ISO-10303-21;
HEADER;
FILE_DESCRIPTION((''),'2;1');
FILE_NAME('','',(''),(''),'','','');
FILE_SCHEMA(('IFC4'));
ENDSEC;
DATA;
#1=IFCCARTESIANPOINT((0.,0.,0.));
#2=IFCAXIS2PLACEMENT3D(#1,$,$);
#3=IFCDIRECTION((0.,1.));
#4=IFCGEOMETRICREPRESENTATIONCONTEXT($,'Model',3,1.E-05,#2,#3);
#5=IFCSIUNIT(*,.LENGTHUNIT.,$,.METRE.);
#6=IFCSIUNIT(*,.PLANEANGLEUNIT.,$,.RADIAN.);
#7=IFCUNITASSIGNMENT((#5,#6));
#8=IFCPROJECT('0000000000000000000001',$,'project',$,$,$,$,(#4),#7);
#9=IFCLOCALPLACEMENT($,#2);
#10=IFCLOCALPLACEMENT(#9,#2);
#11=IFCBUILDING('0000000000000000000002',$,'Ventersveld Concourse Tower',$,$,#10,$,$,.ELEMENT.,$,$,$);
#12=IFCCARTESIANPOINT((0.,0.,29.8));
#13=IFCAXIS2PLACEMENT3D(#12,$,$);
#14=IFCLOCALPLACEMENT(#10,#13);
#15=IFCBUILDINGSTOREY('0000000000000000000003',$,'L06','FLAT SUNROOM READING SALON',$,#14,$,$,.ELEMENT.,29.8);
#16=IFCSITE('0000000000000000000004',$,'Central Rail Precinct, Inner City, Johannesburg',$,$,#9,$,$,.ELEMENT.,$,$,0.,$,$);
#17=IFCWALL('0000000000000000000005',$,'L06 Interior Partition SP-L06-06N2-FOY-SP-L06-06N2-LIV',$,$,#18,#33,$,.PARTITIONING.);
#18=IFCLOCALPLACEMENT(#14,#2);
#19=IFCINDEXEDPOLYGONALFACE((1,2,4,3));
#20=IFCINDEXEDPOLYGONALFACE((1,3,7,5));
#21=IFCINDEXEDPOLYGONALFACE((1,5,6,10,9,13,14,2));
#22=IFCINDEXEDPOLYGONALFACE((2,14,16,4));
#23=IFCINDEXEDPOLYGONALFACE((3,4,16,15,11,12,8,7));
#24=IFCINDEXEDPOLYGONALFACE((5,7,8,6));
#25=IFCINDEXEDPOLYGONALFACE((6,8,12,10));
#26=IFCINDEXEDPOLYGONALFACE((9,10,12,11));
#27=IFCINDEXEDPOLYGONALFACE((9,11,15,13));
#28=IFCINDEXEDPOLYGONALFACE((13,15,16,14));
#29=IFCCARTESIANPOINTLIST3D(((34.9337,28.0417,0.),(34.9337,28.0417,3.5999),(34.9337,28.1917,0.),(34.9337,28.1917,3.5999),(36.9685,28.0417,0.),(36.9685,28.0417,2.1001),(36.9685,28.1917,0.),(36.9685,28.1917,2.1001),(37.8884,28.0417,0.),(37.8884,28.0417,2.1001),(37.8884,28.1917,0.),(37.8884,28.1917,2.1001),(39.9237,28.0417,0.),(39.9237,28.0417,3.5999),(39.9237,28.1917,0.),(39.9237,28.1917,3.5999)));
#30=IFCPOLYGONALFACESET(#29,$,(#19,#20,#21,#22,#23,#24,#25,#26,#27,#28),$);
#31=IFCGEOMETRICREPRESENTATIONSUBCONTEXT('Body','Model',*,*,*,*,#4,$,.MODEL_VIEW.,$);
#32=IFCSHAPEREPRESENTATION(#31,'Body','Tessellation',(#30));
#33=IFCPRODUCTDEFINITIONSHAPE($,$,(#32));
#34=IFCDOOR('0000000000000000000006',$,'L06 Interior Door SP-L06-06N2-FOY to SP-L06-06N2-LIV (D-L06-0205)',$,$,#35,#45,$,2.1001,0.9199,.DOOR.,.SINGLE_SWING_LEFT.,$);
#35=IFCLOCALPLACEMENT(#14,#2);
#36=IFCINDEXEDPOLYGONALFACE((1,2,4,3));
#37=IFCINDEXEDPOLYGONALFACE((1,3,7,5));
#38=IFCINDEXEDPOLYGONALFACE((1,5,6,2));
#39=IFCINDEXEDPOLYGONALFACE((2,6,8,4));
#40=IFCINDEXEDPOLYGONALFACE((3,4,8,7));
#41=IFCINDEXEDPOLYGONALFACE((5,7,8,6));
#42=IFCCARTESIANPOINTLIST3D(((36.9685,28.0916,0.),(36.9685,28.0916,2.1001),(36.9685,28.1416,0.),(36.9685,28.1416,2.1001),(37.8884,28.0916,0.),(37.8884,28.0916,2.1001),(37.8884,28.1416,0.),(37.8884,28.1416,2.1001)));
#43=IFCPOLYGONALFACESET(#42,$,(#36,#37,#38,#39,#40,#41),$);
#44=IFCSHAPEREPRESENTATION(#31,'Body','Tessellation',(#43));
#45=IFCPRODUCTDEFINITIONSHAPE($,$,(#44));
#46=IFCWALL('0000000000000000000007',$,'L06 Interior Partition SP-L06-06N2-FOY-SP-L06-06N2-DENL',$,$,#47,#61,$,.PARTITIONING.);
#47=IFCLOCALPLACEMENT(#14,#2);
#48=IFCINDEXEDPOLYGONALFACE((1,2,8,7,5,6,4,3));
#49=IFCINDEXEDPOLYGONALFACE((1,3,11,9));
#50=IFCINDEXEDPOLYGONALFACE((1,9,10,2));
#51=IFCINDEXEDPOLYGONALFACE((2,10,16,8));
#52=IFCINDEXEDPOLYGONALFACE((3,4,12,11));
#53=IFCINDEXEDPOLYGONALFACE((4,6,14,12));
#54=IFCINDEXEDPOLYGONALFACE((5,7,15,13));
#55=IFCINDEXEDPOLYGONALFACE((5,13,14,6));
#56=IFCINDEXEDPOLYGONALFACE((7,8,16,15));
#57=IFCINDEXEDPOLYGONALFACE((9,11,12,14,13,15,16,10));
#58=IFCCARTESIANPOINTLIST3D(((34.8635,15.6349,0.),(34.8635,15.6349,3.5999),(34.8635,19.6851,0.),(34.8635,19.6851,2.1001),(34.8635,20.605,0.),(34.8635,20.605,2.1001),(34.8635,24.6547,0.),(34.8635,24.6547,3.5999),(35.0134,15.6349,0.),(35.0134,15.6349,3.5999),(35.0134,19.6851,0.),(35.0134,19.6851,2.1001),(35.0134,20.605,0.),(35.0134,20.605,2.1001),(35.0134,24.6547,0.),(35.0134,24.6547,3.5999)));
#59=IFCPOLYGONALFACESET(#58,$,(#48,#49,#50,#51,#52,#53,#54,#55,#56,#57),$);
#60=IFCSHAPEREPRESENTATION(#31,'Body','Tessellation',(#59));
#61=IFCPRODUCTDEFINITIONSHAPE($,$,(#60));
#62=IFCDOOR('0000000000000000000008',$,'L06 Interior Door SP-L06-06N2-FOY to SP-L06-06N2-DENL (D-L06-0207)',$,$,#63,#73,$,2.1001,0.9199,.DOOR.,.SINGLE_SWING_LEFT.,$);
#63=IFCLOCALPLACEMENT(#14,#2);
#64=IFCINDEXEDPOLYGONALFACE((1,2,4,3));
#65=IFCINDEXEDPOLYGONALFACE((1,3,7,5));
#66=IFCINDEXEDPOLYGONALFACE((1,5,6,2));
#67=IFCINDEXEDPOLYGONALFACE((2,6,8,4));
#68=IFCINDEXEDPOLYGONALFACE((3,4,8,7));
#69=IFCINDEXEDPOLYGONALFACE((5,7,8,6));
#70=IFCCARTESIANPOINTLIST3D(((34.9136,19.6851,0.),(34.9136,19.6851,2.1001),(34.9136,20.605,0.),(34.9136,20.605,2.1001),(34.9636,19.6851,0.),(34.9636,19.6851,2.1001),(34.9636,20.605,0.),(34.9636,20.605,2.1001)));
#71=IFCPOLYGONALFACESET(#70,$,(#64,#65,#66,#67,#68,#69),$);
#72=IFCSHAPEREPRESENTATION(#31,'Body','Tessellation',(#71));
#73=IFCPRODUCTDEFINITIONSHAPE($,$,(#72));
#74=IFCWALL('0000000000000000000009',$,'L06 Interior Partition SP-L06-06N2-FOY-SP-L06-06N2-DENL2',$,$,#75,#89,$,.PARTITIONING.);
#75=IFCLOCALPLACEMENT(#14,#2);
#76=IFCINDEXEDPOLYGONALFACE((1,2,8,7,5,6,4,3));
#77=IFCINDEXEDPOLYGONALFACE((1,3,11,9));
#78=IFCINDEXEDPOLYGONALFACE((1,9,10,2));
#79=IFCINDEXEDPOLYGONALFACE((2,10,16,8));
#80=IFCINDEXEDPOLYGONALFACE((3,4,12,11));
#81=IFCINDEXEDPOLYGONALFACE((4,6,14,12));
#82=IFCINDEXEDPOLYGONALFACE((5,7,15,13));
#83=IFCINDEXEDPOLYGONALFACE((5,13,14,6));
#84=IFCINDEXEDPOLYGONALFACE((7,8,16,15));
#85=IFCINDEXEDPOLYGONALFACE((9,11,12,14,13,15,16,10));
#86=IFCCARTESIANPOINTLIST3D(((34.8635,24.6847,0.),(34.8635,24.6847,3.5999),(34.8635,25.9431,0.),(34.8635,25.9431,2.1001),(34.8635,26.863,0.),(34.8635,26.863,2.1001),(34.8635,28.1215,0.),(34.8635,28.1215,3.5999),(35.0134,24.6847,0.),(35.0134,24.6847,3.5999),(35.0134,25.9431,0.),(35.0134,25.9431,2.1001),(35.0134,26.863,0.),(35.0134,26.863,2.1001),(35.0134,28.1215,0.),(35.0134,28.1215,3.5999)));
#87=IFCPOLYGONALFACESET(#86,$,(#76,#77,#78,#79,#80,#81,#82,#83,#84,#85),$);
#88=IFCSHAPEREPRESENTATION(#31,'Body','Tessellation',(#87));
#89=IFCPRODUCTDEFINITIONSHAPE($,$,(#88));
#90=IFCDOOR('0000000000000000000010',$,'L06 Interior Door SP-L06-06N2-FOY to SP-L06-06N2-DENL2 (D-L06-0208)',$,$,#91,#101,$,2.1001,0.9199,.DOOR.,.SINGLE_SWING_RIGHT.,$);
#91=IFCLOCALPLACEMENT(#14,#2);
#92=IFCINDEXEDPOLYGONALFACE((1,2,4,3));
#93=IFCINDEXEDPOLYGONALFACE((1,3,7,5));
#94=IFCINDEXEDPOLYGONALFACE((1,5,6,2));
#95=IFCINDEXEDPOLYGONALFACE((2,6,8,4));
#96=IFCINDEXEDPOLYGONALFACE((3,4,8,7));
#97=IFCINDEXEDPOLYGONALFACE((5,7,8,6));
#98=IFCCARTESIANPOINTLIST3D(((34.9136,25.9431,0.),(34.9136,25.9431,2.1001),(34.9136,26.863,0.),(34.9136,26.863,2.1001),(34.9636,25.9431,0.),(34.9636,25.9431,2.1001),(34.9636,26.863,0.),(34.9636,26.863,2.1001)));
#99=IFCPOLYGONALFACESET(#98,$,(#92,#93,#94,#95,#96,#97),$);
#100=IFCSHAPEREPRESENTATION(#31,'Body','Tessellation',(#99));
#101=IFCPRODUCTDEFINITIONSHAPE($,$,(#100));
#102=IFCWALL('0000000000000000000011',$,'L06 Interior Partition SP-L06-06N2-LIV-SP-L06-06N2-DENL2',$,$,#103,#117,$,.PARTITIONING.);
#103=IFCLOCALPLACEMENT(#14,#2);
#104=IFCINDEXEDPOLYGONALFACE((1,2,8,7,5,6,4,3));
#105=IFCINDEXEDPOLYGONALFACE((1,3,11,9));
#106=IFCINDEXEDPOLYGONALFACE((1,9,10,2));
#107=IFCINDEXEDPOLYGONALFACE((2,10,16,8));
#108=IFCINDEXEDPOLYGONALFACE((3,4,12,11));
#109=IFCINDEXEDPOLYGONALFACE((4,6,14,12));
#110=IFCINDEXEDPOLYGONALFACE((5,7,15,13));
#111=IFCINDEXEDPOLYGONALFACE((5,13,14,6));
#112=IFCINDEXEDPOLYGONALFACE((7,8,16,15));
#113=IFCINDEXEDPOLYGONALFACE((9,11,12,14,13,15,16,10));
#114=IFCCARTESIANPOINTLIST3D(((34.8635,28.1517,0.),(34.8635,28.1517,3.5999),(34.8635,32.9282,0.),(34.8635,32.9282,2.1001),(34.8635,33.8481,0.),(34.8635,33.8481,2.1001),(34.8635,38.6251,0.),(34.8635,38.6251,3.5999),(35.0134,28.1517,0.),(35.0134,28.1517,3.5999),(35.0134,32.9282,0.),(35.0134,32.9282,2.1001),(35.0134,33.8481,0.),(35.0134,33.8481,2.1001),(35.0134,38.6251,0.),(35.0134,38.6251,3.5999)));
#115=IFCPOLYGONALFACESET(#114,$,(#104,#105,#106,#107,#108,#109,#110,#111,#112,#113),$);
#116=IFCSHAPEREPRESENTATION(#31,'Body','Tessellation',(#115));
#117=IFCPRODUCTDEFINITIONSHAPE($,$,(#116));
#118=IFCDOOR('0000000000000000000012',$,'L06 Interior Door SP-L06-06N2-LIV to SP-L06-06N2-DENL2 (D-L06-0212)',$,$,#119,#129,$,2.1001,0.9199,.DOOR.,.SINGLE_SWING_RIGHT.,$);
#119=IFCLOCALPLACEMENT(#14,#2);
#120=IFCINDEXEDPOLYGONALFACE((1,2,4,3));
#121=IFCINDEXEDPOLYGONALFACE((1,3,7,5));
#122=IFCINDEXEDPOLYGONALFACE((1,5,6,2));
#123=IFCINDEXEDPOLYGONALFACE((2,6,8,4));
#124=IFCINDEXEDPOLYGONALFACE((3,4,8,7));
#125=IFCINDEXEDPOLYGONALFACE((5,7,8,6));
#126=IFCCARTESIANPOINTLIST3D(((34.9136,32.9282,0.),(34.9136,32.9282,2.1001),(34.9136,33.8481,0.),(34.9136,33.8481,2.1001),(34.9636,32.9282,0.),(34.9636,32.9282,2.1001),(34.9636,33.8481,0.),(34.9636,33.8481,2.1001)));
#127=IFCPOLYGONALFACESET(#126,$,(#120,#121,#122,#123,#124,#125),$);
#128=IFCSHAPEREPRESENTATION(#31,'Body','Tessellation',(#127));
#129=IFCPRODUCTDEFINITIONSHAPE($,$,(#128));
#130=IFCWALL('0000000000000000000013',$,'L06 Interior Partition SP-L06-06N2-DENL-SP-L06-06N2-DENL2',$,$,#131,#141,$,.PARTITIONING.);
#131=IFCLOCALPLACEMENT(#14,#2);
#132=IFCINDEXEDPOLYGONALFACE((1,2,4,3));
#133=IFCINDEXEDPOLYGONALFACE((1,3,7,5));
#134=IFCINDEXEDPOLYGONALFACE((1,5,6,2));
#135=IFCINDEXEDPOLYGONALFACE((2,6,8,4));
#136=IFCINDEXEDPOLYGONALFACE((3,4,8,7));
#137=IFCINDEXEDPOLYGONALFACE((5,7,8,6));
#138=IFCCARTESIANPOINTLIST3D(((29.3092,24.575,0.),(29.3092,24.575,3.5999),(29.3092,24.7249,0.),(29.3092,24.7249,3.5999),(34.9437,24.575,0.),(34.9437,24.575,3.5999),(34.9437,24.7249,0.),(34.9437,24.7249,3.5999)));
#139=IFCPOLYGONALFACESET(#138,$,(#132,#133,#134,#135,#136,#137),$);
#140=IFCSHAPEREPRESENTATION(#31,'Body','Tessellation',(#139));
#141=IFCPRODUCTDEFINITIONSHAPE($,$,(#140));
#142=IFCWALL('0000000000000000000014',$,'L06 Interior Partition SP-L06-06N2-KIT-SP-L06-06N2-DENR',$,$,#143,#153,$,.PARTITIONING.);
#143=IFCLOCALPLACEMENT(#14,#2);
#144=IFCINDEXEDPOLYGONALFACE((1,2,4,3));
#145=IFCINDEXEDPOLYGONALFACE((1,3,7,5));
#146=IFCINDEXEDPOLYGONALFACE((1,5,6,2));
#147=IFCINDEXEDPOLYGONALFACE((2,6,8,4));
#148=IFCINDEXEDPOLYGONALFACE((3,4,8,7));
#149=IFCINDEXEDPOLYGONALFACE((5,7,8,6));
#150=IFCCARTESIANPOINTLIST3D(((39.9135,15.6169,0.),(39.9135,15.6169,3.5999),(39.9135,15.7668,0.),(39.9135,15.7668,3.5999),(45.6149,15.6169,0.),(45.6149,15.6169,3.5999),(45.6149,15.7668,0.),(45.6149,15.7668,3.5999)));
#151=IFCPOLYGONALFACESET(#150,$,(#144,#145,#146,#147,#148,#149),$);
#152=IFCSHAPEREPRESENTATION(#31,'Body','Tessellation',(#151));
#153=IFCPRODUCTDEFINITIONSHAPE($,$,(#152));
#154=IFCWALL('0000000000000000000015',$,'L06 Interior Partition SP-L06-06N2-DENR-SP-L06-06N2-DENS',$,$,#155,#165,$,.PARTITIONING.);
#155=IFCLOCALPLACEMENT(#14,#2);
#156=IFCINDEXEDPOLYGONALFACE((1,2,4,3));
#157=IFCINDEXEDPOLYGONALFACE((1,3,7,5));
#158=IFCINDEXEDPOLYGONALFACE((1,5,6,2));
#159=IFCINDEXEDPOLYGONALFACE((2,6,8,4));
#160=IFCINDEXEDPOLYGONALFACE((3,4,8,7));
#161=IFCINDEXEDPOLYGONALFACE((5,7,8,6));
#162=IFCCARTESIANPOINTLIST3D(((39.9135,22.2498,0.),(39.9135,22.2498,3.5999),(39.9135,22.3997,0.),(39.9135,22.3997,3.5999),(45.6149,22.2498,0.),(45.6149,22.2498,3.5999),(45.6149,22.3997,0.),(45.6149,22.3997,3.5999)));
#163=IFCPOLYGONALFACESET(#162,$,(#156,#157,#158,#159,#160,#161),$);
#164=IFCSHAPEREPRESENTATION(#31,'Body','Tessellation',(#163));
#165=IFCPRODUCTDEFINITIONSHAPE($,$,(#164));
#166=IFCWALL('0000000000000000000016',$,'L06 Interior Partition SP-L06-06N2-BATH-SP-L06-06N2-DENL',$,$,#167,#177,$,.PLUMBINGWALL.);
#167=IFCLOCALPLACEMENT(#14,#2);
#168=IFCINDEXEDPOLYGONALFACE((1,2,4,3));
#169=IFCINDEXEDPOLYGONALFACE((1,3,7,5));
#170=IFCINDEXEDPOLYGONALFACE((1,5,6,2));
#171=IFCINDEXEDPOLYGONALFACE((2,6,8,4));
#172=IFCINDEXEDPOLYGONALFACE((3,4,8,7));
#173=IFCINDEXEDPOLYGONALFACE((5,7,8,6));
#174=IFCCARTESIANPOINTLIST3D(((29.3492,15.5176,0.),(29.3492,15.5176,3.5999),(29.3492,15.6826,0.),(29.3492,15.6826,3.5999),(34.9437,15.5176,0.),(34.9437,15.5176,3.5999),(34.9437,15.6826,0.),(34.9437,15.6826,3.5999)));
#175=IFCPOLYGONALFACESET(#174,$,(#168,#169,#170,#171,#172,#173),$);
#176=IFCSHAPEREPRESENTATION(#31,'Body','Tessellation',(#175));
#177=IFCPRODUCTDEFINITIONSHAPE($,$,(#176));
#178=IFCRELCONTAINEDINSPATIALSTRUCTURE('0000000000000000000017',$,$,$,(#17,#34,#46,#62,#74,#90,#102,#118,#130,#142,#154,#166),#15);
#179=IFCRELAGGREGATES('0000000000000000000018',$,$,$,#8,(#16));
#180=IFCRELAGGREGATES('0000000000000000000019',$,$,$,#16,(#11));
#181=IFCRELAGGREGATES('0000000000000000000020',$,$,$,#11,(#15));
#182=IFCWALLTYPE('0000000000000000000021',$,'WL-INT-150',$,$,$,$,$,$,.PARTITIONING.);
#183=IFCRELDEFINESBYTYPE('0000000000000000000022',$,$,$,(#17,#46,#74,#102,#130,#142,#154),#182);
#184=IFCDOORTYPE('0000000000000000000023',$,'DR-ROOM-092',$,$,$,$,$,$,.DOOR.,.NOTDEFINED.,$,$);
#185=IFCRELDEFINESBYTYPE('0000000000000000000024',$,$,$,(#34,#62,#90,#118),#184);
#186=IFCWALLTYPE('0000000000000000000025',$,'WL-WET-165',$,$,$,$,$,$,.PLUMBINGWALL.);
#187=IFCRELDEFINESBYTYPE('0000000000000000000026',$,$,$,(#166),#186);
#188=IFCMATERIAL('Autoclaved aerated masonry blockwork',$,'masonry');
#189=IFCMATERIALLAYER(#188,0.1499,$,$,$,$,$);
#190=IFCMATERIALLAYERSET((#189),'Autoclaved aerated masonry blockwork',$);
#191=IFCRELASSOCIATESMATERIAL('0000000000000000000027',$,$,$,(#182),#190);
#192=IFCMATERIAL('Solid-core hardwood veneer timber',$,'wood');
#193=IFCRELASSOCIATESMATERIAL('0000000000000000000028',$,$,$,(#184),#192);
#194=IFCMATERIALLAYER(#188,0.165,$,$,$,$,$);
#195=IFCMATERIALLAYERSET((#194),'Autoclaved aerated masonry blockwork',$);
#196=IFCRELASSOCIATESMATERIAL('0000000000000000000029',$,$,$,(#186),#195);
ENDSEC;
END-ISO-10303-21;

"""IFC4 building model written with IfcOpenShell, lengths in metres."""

from ifc_helpers import new_model, si_unit, direction, frame, frame_2d, origin, place, context, subcontext, project, spatial, rectangle, extrude, material, layer, layer_set, type_object, element, fill, save


model = new_model("IFC4")

# Units and contexts
model_context = context("Model", 3, precision=1e-05, world=origin(), true_north=direction((0.0, 1.0)))
body_context = subcontext(model_context, "Body", "Model", "MODEL_VIEW")
ifc_project = project(units=[si_unit("LENGTHUNIT", "METRE"), si_unit("PLANEANGLEUNIT", "RADIAN")], contexts=[model_context])

# Site, building, storey
site_placement = place(None, origin())
site = spatial("IfcSite", under=ifc_project, at=site_placement, Name="Central Rail Precinct, Inner City, Johannesburg", CompositionType="ELEMENT", RefElevation=0.0)
building_placement = place(site_placement, origin())
building = spatial("IfcBuilding", under=site, at=building_placement, Name="Ventersveld Concourse Tower", CompositionType="ELEMENT")
storey_placement = place(building_placement, frame((0.0, 0.0, 29.8)))
storey = spatial("IfcBuildingStorey", under=building, at=storey_placement, Name="L06", Description="FLAT SUNROOM READING SALON", CompositionType="ELEMENT", Elevation=29.8)

# Walls, openings, doors
ifc_material_1 = material(Name="Autoclaved aerated masonry blockwork", Category="masonry")
ifc_layer_1 = layer(ifc_material_1, 0.1499)
ifc_layer_set_1 = layer_set([ifc_layer_1], Name="Autoclaved aerated masonry blockwork")
wall_type_1 = type_object("IfcWallType", Name="WL-INT-150", PredefinedType="PARTITIONING", material=ifc_layer_set_1)
wall_1_placement = place(storey_placement, frame((34.9336, 28.1167, 0.0), z_axis=(0.0, 0.0, 1.0), x_axis=(1.0, 0.0, 0.0)))
wall_1 = element("IfcWall", 1, at=wall_1_placement, inside=storey, type_object=wall_type_1, Name="L06 Interior Partition SP-L06-06N2-FOY-SP-L06-06N2-LIV", PredefinedType="PARTITIONING", context=body_context, shape_type="SweptSolid", body=[
    extrude(rectangle(XDim=4.99, YDim=0.1499, at=frame_2d((2.4951, 0.0))), origin(), (0.0, 0.0, 1.0), 3.5999),
])
opening_1_placement = place(wall_1_placement, frame((2.0349, 0.0, 0.0)))
opening_1 = element("IfcOpeningElement", 2, at=opening_1_placement, cuts=wall_1, PredefinedType="OPENING", context=body_context, shape_type="SweptSolid", body=[
    extrude(rectangle(XDim=0.9199, YDim=2.1001, at=frame_2d((0.46, 1.05))), frame((0.0, 0.085, 0.0), z_axis=(0.0, -1.0, 0.0), x_axis=(1.0, 0.0, 0.0)), (0.0, 0.0, 1.0), 0.1699),
])
ifc_material_2 = material(Name="Solid-core hardwood veneer timber", Category="wood")
door_type = type_object("IfcDoorType", Name="DR-ROOM-092", OperationType="NOTDEFINED", PredefinedType="DOOR", material=ifc_material_2)
door_1_placement = place(opening_1_placement, origin())
door_1 = element("IfcDoor", 3, at=door_1_placement, inside=storey, type_object=door_type, Name="L06 Interior Door SP-L06-06N2-FOY to SP-L06-06N2-LIV (D-L06-0205)", OperationType="SINGLE_SWING_LEFT", OverallHeight=2.1001, OverallWidth=0.9199, PredefinedType="DOOR", context=body_context, shape_type="SweptSolid", body=[
    extrude(rectangle(XDim=0.9199, YDim=2.1001, at=frame_2d((0.46, 1.05))), frame((0.0, 0.0249, 0.0), z_axis=(0.0, -1.0, 0.0), x_axis=(1.0, 0.0, 0.0)), (0.0, 0.0, 1.0), 0.05),
])
fill(opening_1, door_1)
wall_2_placement = place(storey_placement, frame((34.9385, 15.635, 0.0), z_axis=(0.0, 0.0, 1.0), x_axis=(0.0, 1.0, 0.0)))
wall_2 = element("IfcWall", 4, at=wall_2_placement, inside=storey, type_object=wall_type_1, Name="L06 Interior Partition SP-L06-06N2-FOY-SP-L06-06N2-DENL", PredefinedType="PARTITIONING", context=body_context, shape_type="SweptSolid", body=[
    extrude(rectangle(XDim=9.0198, YDim=0.1499, at=frame_2d((4.5098, 0.0))), origin(), (0.0, 0.0, 1.0), 3.5999),
])
opening_2_placement = place(wall_2_placement, frame((4.05, 0.0, 0.0)))
opening_2 = element("IfcOpeningElement", 5, at=opening_2_placement, cuts=wall_2, PredefinedType="OPENING", context=body_context, shape_type="SweptSolid", body=[
    extrude(rectangle(XDim=0.9199, YDim=2.1001, at=frame_2d((0.46, 1.05))), frame((0.0, 0.085, 0.0), z_axis=(0.0, -1.0, 0.0), x_axis=(1.0, 0.0, 0.0)), (0.0, 0.0, 1.0), 0.1699),
])
door_2_placement = place(opening_2_placement, origin())
door_2 = element("IfcDoor", 6, at=door_2_placement, inside=storey, type_object=door_type, Name="L06 Interior Door SP-L06-06N2-FOY to SP-L06-06N2-DENL (D-L06-0207)", OperationType="SINGLE_SWING_LEFT", OverallHeight=2.1001, OverallWidth=0.9199, PredefinedType="DOOR", context=body_context, shape_type="SweptSolid", body=[
    extrude(rectangle(XDim=0.9199, YDim=2.1001, at=frame_2d((0.46, 1.05))), frame((0.0, 0.0249, 0.0), z_axis=(0.0, -1.0, 0.0), x_axis=(1.0, 0.0, 0.0)), (0.0, 0.0, 1.0), 0.05),
])
fill(opening_2, door_2)
wall_3_placement = place(storey_placement, frame((34.9385, 24.6848, 0.0), z_axis=(0.0, 0.0, 1.0), x_axis=(0.0, 1.0, 0.0)))
wall_3 = element("IfcWall", 7, at=wall_3_placement, inside=storey, type_object=wall_type_1, Name="L06 Interior Partition SP-L06-06N2-FOY-SP-L06-06N2-DENL2", PredefinedType="PARTITIONING", context=body_context, shape_type="SweptSolid", body=[
    extrude(rectangle(XDim=3.4368, YDim=0.1499, at=frame_2d((1.7183, 0.0))), origin(), (0.0, 0.0, 1.0), 3.5999),
])
opening_3_placement = place(wall_3_placement, frame((1.2583, 0.0, 0.0)))
opening_3 = element("IfcOpeningElement", 8, at=opening_3_placement, cuts=wall_3, PredefinedType="OPENING", context=body_context, shape_type="SweptSolid", body=[
    extrude(rectangle(XDim=0.9199, YDim=2.1001, at=frame_2d((0.46, 1.05))), frame((0.0, 0.085, 0.0), z_axis=(0.0, -1.0, 0.0), x_axis=(1.0, 0.0, 0.0)), (0.0, 0.0, 1.0), 0.1699),
])
door_3_placement = place(opening_3_placement, origin())
door_3 = element("IfcDoor", 9, at=door_3_placement, inside=storey, type_object=door_type, Name="L06 Interior Door SP-L06-06N2-FOY to SP-L06-06N2-DENL2 (D-L06-0208)", OperationType="SINGLE_SWING_RIGHT", OverallHeight=2.1001, OverallWidth=0.9199, PredefinedType="DOOR", context=body_context, shape_type="SweptSolid", body=[
    extrude(rectangle(XDim=0.9199, YDim=2.1001, at=frame_2d((0.46, 1.05))), frame((0.0, 0.0249, 0.0), z_axis=(0.0, -1.0, 0.0), x_axis=(1.0, 0.0, 0.0)), (0.0, 0.0, 1.0), 0.05),
])
fill(opening_3, door_3)
wall_4_placement = place(storey_placement, frame((34.9385, 28.1516, 0.0), z_axis=(0.0, 0.0, 1.0), x_axis=(0.0, 1.0, 0.0)))
wall_4 = element("IfcWall", 10, at=wall_4_placement, inside=storey, type_object=wall_type_1, Name="L06 Interior Partition SP-L06-06N2-LIV-SP-L06-06N2-DENL2", PredefinedType="PARTITIONING", context=body_context, shape_type="SweptSolid", body=[
    extrude(rectangle(XDim=10.4734, YDim=0.1499, at=frame_2d((5.2368, 0.0))), origin(), (0.0, 0.0, 1.0), 3.5999),
])
opening_4_placement = place(wall_4_placement, frame((4.7766, 0.0, 0.0)))
opening_4 = element("IfcOpeningElement", 11, at=opening_4_placement, cuts=wall_4, PredefinedType="OPENING", context=body_context, shape_type="SweptSolid", body=[
    extrude(rectangle(XDim=0.9199, YDim=2.1001, at=frame_2d((0.46, 1.05))), frame((0.0, 0.085, 0.0), z_axis=(0.0, -1.0, 0.0), x_axis=(1.0, 0.0, 0.0)), (0.0, 0.0, 1.0), 0.1699),
])
door_4_placement = place(opening_4_placement, origin())
door_4 = element("IfcDoor", 12, at=door_4_placement, inside=storey, type_object=door_type, Name="L06 Interior Door SP-L06-06N2-LIV to SP-L06-06N2-DENL2 (D-L06-0212)", OperationType="SINGLE_SWING_RIGHT", OverallHeight=2.1001, OverallWidth=0.9199, PredefinedType="DOOR", context=body_context, shape_type="SweptSolid", body=[
    extrude(rectangle(XDim=0.9199, YDim=2.1001, at=frame_2d((0.46, 1.05))), frame((0.0, 0.0249, 0.0), z_axis=(0.0, -1.0, 0.0), x_axis=(1.0, 0.0, 0.0)), (0.0, 0.0, 1.0), 0.05),
])
fill(opening_4, door_4)

# Walls
wall_5_placement = place(storey_placement, frame((29.3091, 24.6499, 0.0), z_axis=(0.0, 0.0, 1.0), x_axis=(1.0, 0.0, 0.0)))
element("IfcWall", 13, at=wall_5_placement, inside=storey, type_object=wall_type_1, Name="L06 Interior Partition SP-L06-06N2-DENL-SP-L06-06N2-DENL2", PredefinedType="PARTITIONING", context=body_context, shape_type="SweptSolid", body=[
    extrude(rectangle(XDim=5.6345, YDim=0.1499, at=frame_2d((2.8174, 0.0))), origin(), (0.0, 0.0, 1.0), 3.5999),
])
for number, where, z_axis, x_axis, name in (
    (14, (39.9136, 15.6919, 0.0), (0.0, 0.0, 1.0), (1.0, 0.0, 0.0), "L06 Interior Partition SP-L06-06N2-KIT-SP-L06-06N2-DENR"),
    (15, (39.9136, 22.3247, 0.0), (0.0, 0.0, 1.0), (1.0, 0.0, 0.0), "L06 Interior Partition SP-L06-06N2-DENR-SP-L06-06N2-DENS"),
):
    element("IfcWall", number, at=place(storey_placement, frame(where, z_axis=z_axis, x_axis=x_axis)), inside=storey, type_object=wall_type_1, Name=name, PredefinedType="PARTITIONING", context=body_context, shape_type="SweptSolid", body=[
        extrude(rectangle(XDim=5.7014, YDim=0.1499, at=frame_2d((2.8506, 0.0))), origin(), (0.0, 0.0, 1.0), 3.5999),
    ])
ifc_layer_2 = layer(ifc_material_1, 0.165)
ifc_layer_set_2 = layer_set([ifc_layer_2], Name="Autoclaved aerated masonry blockwork")
wall_type_2 = type_object("IfcWallType", Name="WL-WET-165", PredefinedType="PLUMBINGWALL", material=ifc_layer_set_2)
wall_6_placement = place(storey_placement, frame((29.3491, 15.6001, 0.0), z_axis=(0.0, 0.0, 1.0), x_axis=(1.0, 0.0, 0.0)))
element("IfcWall", 16, at=wall_6_placement, inside=storey, type_object=wall_type_2, Name="L06 Interior Partition SP-L06-06N2-BATH-SP-L06-06N2-DENL", PredefinedType="PLUMBINGWALL", context=body_context, shape_type="SweptSolid", body=[
    extrude(rectangle(XDim=5.5945, YDim=0.165, at=frame_2d((2.7974, 0.0))), origin(), (0.0, 0.0, 1.0), 3.5999),
])

save(model, "model.ifc")
